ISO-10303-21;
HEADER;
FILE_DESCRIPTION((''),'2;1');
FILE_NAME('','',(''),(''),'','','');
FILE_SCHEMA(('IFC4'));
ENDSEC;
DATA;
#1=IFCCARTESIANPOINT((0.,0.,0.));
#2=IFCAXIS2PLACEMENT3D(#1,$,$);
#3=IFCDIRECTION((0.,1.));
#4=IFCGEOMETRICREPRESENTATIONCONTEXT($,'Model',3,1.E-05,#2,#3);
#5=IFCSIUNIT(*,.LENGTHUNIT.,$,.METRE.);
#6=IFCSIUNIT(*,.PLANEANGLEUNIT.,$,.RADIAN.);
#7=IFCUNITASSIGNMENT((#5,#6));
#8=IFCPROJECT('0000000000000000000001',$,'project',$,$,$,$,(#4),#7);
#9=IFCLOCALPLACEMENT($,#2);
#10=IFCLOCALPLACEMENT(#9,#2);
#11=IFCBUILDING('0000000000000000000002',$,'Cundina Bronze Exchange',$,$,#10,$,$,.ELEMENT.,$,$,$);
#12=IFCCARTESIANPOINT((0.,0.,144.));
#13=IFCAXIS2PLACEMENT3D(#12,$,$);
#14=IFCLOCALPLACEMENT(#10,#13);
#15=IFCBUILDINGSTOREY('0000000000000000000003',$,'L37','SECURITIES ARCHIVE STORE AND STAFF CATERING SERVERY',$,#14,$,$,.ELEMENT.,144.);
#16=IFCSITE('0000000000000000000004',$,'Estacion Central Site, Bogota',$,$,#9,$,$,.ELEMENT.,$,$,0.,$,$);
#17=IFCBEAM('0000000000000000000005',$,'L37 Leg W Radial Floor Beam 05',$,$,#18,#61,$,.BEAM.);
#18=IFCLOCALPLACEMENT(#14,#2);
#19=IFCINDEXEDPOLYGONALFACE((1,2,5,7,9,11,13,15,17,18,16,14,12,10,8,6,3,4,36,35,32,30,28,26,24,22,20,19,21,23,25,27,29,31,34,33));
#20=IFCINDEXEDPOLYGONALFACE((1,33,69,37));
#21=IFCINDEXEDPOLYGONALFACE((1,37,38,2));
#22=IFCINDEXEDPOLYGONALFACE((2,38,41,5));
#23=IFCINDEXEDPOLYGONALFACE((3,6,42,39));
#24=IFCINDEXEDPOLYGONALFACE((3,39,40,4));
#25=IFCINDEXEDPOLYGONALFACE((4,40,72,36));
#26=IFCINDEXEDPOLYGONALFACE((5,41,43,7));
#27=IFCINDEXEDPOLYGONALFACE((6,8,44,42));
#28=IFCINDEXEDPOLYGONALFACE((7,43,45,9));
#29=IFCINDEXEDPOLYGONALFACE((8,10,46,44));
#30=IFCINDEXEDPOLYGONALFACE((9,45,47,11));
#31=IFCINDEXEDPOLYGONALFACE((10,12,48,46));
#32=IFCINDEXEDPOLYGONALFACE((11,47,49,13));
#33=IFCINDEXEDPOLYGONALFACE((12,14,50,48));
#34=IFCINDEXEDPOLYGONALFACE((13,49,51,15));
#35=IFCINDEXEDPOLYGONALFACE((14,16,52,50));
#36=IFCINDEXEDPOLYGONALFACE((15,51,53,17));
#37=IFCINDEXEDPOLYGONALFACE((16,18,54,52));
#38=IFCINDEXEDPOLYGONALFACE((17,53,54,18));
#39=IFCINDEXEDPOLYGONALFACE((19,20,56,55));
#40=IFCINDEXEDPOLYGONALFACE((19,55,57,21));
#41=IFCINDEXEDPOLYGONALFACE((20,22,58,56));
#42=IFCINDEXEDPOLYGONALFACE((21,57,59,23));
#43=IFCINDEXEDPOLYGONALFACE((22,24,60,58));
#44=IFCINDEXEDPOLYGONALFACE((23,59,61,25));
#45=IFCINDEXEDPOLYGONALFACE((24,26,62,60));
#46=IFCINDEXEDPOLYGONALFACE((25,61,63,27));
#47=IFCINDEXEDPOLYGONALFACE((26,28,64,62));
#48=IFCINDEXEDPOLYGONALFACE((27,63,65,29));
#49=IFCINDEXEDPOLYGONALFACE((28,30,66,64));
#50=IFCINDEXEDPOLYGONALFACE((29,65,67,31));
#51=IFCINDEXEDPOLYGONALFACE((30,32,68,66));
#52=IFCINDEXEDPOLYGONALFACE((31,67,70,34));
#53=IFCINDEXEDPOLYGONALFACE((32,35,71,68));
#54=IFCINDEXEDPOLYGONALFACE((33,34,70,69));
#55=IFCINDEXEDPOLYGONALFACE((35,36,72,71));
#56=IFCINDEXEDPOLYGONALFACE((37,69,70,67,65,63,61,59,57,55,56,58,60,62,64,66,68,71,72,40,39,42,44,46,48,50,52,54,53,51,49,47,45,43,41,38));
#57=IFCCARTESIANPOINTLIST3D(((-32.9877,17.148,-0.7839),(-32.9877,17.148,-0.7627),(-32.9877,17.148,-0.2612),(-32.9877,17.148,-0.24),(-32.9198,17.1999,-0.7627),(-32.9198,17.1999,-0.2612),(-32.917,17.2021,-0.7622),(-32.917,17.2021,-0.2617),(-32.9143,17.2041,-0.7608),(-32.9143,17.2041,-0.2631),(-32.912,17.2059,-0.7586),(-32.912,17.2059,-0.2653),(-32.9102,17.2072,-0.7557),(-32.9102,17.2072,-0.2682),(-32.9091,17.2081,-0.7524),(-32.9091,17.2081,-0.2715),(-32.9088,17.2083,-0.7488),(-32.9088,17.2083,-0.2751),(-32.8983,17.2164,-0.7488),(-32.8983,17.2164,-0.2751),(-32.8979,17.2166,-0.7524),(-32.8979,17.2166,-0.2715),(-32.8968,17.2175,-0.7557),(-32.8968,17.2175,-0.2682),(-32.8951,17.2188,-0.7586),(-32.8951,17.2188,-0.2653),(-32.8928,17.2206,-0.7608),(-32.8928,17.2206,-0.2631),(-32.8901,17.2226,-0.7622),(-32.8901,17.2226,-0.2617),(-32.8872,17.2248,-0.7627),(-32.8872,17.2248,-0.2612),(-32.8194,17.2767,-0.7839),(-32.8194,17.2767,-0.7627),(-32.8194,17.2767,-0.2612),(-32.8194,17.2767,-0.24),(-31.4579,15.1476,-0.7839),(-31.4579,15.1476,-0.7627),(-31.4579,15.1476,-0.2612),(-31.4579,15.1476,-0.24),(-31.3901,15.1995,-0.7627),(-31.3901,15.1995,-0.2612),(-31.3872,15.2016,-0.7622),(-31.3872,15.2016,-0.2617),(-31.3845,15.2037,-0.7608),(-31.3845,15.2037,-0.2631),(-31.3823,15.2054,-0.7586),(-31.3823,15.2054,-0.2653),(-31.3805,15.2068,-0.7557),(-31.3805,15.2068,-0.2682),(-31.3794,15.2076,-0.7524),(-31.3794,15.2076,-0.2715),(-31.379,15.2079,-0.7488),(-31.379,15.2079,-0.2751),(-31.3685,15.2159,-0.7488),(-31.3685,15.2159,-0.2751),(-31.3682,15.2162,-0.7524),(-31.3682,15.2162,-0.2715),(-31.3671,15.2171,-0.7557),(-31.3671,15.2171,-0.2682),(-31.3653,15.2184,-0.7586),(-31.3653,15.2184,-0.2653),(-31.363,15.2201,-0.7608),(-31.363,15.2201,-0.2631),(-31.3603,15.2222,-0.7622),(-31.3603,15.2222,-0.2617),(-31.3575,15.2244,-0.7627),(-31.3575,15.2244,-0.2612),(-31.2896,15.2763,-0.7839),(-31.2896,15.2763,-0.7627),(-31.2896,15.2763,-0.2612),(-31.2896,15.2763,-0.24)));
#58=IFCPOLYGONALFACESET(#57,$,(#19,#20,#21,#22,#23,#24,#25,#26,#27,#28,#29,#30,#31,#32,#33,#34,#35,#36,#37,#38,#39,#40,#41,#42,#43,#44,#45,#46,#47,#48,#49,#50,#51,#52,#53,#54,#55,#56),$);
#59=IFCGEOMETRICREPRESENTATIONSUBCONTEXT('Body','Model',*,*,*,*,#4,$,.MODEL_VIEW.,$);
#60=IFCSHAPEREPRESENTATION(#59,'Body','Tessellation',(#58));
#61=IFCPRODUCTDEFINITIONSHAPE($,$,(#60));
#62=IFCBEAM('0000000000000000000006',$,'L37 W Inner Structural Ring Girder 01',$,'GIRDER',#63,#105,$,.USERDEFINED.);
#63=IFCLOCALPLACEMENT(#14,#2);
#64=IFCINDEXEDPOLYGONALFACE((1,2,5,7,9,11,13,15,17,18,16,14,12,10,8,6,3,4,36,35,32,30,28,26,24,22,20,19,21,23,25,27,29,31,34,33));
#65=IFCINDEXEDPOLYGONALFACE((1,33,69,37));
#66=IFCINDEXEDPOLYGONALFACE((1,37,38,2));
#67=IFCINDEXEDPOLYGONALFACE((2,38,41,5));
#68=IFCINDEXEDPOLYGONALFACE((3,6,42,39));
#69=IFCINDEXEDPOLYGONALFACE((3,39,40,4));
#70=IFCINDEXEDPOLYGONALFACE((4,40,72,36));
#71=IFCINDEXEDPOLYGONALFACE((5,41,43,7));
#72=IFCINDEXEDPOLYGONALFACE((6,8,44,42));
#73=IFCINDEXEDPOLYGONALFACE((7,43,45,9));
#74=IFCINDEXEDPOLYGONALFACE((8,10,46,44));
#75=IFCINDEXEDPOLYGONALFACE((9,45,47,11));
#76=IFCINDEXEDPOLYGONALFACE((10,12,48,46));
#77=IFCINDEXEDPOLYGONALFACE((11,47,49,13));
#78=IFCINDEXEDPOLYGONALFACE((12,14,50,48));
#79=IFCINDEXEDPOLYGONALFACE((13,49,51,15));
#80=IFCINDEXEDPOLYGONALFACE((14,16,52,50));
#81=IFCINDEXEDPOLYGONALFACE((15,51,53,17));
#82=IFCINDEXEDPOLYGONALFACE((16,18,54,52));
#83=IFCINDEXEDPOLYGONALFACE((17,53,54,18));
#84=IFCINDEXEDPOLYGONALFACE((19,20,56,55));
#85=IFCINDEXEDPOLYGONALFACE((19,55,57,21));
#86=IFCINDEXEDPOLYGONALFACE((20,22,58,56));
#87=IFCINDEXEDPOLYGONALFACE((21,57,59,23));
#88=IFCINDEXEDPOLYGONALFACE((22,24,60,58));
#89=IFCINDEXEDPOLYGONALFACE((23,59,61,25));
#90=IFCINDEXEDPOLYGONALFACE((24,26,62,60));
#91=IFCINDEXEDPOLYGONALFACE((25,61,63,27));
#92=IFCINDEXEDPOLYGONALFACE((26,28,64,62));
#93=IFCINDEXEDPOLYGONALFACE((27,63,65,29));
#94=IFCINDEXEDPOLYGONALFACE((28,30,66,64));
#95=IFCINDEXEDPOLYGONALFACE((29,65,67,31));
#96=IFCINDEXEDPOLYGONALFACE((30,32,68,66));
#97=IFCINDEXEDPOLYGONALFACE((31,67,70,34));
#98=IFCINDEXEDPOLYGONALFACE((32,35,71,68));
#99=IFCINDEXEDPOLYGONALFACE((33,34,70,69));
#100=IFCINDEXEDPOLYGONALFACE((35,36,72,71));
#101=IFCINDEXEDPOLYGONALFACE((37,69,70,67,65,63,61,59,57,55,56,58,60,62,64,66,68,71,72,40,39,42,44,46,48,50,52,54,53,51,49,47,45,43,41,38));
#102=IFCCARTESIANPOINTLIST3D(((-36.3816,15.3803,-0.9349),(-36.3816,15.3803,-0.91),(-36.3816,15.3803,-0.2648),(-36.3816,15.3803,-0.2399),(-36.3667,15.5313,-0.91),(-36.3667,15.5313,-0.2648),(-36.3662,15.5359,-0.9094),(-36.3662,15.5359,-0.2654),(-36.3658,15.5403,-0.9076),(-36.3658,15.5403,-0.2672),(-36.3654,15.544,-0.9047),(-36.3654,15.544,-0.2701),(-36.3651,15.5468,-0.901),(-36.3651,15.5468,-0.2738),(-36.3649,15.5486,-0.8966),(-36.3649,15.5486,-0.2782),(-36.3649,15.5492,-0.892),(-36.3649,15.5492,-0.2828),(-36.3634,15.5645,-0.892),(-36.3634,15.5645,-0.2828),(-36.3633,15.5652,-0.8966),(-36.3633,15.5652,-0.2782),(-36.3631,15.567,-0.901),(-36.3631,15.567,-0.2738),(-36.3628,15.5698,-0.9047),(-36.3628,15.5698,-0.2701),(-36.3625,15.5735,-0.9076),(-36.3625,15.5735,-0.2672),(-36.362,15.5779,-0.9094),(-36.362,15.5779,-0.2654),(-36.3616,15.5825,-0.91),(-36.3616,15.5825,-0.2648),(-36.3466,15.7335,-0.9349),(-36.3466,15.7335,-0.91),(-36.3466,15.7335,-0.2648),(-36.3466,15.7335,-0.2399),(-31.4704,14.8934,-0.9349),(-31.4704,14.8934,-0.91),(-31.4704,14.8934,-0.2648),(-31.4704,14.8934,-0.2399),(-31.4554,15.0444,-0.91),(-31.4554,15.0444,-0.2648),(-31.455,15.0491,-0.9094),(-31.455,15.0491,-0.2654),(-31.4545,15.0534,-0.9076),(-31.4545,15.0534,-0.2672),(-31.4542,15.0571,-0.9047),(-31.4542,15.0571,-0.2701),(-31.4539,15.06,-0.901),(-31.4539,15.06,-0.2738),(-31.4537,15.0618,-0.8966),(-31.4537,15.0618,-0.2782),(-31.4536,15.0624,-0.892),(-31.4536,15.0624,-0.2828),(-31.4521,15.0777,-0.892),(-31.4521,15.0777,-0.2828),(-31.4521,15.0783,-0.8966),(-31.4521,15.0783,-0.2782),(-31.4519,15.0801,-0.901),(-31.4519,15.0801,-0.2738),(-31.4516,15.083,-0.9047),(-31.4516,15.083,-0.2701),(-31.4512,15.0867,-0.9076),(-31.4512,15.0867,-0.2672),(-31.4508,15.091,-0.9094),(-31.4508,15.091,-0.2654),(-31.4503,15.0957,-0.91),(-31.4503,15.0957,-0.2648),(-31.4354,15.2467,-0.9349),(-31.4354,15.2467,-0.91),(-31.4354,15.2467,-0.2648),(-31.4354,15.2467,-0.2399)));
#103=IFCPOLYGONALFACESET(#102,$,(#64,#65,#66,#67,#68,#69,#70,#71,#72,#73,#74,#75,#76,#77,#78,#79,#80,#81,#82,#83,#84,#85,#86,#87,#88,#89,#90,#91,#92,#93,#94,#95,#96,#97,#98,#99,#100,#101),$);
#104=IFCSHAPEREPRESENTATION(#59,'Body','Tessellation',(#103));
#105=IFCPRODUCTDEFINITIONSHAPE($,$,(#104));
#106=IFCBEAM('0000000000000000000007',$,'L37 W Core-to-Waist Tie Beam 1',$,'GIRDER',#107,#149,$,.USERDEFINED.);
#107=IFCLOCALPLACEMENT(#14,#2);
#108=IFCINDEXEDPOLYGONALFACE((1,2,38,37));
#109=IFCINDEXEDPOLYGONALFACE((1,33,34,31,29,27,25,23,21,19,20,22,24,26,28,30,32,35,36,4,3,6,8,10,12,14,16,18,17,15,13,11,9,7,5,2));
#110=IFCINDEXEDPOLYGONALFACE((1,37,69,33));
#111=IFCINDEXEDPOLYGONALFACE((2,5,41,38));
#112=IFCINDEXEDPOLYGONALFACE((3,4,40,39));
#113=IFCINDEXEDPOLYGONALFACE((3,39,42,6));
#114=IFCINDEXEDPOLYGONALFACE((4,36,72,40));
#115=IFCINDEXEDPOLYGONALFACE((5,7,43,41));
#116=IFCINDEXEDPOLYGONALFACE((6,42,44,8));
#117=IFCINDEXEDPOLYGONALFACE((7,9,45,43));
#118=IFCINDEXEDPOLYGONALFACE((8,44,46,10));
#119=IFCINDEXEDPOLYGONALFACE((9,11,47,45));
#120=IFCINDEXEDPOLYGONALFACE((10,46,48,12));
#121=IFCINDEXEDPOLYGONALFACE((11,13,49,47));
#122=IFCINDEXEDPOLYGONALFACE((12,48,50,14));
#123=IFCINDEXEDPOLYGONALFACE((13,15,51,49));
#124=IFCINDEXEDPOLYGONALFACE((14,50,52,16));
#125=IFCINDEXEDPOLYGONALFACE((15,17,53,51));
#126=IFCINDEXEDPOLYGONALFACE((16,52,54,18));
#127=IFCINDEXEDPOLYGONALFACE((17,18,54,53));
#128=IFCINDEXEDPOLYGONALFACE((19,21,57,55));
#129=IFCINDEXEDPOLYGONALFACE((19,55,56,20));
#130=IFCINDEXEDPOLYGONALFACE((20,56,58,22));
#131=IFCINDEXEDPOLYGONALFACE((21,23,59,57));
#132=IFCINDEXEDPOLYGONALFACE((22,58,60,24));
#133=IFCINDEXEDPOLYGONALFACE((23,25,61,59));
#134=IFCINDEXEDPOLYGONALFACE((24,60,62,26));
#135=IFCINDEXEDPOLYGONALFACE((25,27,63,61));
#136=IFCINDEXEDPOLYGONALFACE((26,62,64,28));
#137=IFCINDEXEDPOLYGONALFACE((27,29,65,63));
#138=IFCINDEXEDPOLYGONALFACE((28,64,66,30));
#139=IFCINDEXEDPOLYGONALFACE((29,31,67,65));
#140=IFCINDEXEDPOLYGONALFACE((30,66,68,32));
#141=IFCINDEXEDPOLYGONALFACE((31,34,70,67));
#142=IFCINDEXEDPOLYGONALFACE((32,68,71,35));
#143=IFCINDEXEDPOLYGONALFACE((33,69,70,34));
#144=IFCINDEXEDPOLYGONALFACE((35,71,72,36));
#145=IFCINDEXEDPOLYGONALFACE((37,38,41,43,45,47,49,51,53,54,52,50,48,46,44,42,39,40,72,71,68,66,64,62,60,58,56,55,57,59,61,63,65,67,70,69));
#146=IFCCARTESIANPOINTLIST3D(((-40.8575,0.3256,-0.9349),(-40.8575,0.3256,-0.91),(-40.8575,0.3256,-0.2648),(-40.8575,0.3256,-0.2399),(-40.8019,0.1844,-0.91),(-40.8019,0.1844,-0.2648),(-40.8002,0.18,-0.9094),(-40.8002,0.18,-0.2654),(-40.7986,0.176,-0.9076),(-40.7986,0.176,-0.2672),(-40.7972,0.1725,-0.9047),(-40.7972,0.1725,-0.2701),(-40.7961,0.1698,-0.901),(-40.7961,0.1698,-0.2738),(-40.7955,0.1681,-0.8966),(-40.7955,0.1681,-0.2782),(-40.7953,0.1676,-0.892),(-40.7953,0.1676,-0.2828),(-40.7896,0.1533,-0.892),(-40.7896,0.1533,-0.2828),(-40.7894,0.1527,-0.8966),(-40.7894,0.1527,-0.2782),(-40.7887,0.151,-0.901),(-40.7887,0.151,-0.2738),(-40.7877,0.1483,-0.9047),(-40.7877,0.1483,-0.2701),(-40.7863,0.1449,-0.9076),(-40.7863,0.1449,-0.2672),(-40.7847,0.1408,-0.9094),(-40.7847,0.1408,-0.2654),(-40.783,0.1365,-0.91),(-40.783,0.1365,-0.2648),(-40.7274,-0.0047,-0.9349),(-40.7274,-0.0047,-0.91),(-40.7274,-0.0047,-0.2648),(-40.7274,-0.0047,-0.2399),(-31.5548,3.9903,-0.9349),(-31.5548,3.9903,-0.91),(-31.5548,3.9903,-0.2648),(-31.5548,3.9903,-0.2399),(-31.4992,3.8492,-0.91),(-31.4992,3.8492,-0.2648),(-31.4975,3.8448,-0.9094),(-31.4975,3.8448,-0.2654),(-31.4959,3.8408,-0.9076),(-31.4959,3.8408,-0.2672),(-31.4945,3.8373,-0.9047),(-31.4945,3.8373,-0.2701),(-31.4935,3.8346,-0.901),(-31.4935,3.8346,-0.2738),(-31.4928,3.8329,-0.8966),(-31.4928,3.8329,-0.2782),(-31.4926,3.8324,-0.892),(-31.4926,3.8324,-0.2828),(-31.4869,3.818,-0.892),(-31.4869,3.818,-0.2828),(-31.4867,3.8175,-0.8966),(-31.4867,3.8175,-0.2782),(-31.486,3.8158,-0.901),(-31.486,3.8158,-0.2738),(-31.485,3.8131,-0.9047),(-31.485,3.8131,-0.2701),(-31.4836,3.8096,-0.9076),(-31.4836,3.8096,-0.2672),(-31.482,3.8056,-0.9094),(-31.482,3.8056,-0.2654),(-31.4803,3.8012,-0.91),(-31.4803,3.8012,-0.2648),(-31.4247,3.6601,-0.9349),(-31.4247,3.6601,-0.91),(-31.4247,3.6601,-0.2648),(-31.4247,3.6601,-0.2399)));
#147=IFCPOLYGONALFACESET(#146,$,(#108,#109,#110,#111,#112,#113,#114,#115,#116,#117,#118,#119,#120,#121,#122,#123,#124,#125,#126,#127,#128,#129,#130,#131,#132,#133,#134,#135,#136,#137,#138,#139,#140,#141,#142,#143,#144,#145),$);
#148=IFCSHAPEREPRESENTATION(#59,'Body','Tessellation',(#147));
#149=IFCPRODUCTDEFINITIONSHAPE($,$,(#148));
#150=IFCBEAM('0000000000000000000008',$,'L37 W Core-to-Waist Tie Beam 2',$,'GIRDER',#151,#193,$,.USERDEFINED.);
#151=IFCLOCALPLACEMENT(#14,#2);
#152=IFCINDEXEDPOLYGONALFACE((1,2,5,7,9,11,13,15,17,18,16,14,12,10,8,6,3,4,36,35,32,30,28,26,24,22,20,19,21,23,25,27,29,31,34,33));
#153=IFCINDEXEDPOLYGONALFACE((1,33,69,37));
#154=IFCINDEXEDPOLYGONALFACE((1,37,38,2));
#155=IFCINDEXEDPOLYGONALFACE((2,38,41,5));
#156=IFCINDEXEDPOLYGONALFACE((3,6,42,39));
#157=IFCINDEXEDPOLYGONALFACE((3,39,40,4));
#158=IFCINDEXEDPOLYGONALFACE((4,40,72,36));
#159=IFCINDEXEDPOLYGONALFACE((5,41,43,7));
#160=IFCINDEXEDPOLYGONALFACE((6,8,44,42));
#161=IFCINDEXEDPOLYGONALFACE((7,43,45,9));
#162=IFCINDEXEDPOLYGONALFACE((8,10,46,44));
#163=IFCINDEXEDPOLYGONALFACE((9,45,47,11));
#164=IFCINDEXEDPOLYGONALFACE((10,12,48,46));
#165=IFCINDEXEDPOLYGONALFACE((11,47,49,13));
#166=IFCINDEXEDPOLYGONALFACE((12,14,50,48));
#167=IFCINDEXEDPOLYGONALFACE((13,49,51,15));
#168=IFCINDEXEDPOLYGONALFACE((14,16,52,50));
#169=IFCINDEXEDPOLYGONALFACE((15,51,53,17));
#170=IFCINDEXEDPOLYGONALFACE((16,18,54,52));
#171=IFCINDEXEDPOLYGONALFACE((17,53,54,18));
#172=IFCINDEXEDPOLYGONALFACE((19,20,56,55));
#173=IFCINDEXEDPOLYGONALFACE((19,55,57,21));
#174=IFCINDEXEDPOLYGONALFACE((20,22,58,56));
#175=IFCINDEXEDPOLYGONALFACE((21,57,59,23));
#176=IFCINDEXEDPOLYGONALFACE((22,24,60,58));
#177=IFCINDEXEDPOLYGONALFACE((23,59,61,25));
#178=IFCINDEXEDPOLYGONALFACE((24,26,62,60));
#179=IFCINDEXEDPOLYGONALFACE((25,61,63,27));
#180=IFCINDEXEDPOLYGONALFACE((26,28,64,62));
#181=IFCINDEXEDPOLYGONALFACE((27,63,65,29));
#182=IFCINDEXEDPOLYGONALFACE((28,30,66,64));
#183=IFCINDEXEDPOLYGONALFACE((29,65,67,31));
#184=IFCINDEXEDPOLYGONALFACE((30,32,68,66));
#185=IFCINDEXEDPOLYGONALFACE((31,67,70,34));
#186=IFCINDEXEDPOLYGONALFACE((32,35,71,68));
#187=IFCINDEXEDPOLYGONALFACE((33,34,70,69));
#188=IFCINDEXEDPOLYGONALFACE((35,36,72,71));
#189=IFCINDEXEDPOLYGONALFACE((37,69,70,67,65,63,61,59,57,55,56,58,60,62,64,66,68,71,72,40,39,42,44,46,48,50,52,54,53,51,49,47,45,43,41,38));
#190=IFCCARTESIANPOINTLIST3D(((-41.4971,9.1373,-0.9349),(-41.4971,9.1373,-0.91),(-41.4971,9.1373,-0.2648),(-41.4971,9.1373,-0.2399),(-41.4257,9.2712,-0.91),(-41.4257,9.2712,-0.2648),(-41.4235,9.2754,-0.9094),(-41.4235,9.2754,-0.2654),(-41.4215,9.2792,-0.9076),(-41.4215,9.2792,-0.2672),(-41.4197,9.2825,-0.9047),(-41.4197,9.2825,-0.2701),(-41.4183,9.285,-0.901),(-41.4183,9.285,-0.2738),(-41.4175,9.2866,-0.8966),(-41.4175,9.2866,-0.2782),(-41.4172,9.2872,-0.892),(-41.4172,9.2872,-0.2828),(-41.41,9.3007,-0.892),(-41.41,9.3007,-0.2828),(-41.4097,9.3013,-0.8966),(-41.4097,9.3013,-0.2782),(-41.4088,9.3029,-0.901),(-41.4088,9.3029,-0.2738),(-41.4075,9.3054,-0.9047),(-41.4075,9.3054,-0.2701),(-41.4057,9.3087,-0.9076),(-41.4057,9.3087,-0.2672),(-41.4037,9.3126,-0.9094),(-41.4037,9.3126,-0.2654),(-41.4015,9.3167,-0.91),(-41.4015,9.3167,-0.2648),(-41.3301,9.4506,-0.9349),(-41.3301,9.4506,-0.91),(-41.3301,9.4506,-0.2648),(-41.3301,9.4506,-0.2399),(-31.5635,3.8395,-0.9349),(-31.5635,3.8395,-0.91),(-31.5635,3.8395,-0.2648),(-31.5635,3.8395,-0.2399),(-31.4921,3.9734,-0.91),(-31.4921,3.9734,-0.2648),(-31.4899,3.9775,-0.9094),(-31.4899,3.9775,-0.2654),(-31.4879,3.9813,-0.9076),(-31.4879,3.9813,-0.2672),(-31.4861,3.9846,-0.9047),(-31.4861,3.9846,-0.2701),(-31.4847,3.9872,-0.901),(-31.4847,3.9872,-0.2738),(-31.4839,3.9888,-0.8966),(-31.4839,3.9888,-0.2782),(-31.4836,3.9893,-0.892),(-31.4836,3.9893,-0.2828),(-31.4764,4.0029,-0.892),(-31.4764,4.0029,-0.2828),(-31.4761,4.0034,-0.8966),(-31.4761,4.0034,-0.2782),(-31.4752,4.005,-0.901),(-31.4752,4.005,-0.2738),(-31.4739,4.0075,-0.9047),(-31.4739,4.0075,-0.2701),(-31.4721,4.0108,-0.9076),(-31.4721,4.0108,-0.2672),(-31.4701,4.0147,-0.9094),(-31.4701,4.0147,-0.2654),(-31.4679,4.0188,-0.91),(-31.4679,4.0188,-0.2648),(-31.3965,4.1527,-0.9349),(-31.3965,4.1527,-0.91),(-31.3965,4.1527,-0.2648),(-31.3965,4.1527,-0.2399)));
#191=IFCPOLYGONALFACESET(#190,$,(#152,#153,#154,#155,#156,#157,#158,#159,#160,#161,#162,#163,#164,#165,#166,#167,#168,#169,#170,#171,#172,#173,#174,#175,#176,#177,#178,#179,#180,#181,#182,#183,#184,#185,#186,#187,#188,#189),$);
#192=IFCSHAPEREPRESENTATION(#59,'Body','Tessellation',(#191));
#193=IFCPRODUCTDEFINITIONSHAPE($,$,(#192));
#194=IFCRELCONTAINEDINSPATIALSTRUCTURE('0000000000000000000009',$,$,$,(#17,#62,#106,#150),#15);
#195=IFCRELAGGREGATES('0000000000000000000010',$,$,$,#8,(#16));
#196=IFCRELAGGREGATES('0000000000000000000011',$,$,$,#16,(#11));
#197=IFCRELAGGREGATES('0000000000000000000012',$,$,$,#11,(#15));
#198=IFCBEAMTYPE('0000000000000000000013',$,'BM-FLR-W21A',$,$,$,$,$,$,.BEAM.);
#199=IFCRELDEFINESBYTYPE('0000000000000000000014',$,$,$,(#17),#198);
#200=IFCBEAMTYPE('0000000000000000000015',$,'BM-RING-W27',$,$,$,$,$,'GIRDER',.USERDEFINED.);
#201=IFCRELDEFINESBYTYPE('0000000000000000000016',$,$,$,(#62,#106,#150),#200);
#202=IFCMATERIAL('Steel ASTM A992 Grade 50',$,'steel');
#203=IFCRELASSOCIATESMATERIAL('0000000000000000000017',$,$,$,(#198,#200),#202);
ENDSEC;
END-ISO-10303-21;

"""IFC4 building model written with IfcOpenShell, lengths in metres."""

from ifc_helpers import new_model, si_unit, direction, frame, origin, origin_2d, place, context, subcontext, project, spatial, i_section, extrude, material, material_profile, profile_set, type_object, element, save


model = new_model("IFC4")

# Units and contexts
model_context = context("Model", 3, precision=1e-05, world=origin(), true_north=direction((0.0, 1.0)))
body_context = subcontext(model_context, "Body", "Model", "MODEL_VIEW")
ifc_project = project(units=[si_unit("LENGTHUNIT", "METRE"), si_unit("PLANEANGLEUNIT", "RADIAN")], contexts=[model_context])

# Site, building, storey
site_placement = place(None, origin())
site = spatial("IfcSite", under=ifc_project, at=site_placement, Name="Estacion Central Site, Bogota", CompositionType="ELEMENT", RefElevation=0.0)
building_placement = place(site_placement, origin())
building = spatial("IfcBuilding", under=site, at=building_placement, Name="Cundina Bronze Exchange", CompositionType="ELEMENT")
storey_placement = place(building_placement, frame((0.0, 0.0, 144.0)))
storey = spatial("IfcBuildingStorey", under=building, at=storey_placement, Name="L37", Description="SECURITIES ARCHIVE STORE AND STAFF CATERING SERVERY", CompositionType="ELEMENT", Elevation=144.0)

# Shared definitions
ifc_material_1 = material(Name="Steel ASTM A992 Grade 50", Category="steel")

# Beams
ifc_material_profile_1 = material_profile(ifc_material_1, i_section(OverallWidth=0.2119, OverallDepth=0.5439, WebThickness=0.0132, FlangeThickness=0.0212, FilletRadius=0.0139, at=origin_2d()), Name="W21X83", Category="steel")
ifc_profile_set_1 = profile_set([ifc_material_profile_1], Name="Steel ASTM A992 Grade 50")
beam_type_1 = type_object("IfcBeamType", Name="BM-FLR-W21A", PredefinedType="BEAM", material=ifc_profile_set_1)
beam_1_placement = place(storey_placement, frame((-31.3738, 15.2119, -0.512), z_axis=(-0.60745, 0.794358, 0.0), x_axis=(-0.794358, -0.60745, 0.0)))
element("IfcBeam", 1, at=beam_1_placement, inside=storey, type_object=beam_type_1, Name="L37 Leg W Radial Floor Beam 05", PredefinedType="BEAM", context=body_context, shape_type="SweptSolid", body=[
    extrude(i_section(OverallWidth=0.2119, OverallDepth=0.5439, WebThickness=0.0132, FlangeThickness=0.0212, FilletRadius=0.0139, at=origin_2d()), origin(), (0.0, 0.0, 1.0), 2.5183),
])
ifc_material_profile_2 = material_profile(ifc_material_1, i_section(OverallWidth=0.355, OverallDepth=0.6951, WebThickness=0.0154, FlangeThickness=0.0249, FilletRadius=0.0181, at=origin_2d()), Name="W27X146", Category="steel")
ifc_profile_set_2 = profile_set([ifc_material_profile_2], Name="Steel ASTM A992 Grade 50")
beam_type_2 = type_object("IfcBeamType", Name="BM-RING-W27", ElementType="GIRDER", PredefinedType="USERDEFINED", material=ifc_profile_set_2)
beam_2_placement = place(storey_placement, frame((-31.4529, 15.0701, -0.5874), z_axis=(-0.995123, 0.098642, 0.0), x_axis=(-0.098642, -0.995123, 0.0)))
element("IfcBeam", 2, at=beam_2_placement, inside=storey, type_object=beam_type_2, Name="L37 W Inner Structural Ring Girder 01", ObjectType="GIRDER", PredefinedType="USERDEFINED", context=body_context, shape_type="SweptSolid", body=[
    extrude(i_section(OverallWidth=0.355, OverallDepth=0.6951, WebThickness=0.0154, FlangeThickness=0.0249, FilletRadius=0.0181, at=origin_2d()), origin(), (0.0, 0.0, 1.0), 4.9353),
])
beam_3_placement = place(storey_placement, frame((-31.4897, 3.8252, -0.5874), z_axis=(-0.930406, -0.366532, 0.0), x_axis=(0.366532, -0.930406, 0.0)))
element("IfcBeam", 3, at=beam_3_placement, inside=storey, type_object=beam_type_2, Name="L37 W Core-to-Waist Tie Beam 1", ObjectType="GIRDER", PredefinedType="USERDEFINED", context=body_context, shape_type="SweptSolid", body=[
    extrude(i_section(OverallWidth=0.355, OverallDepth=0.6951, WebThickness=0.0154, FlangeThickness=0.0249, FilletRadius=0.0181, at=origin_2d()), origin(), (0.0, 0.0, 1.0), 9.9985),
])
beam_4_placement = place(storey_placement, frame((-31.48, 3.9961, -0.5874), z_axis=(-0.882355, 0.470584, 0.0), x_axis=(-0.470584, -0.882355, 0.0)))
element("IfcBeam", 4, at=beam_4_placement, inside=storey, type_object=beam_type_2, Name="L37 W Core-to-Waist Tie Beam 2", ObjectType="GIRDER", PredefinedType="USERDEFINED", context=body_context, shape_type="SweptSolid", body=[
    extrude(i_section(OverallWidth=0.355, OverallDepth=0.6951, WebThickness=0.0154, FlangeThickness=0.0249, FilletRadius=0.0181, at=origin_2d()), origin(), (0.0, 0.0, 1.0), 11.2581),
])

save(model, "model.ifc")
